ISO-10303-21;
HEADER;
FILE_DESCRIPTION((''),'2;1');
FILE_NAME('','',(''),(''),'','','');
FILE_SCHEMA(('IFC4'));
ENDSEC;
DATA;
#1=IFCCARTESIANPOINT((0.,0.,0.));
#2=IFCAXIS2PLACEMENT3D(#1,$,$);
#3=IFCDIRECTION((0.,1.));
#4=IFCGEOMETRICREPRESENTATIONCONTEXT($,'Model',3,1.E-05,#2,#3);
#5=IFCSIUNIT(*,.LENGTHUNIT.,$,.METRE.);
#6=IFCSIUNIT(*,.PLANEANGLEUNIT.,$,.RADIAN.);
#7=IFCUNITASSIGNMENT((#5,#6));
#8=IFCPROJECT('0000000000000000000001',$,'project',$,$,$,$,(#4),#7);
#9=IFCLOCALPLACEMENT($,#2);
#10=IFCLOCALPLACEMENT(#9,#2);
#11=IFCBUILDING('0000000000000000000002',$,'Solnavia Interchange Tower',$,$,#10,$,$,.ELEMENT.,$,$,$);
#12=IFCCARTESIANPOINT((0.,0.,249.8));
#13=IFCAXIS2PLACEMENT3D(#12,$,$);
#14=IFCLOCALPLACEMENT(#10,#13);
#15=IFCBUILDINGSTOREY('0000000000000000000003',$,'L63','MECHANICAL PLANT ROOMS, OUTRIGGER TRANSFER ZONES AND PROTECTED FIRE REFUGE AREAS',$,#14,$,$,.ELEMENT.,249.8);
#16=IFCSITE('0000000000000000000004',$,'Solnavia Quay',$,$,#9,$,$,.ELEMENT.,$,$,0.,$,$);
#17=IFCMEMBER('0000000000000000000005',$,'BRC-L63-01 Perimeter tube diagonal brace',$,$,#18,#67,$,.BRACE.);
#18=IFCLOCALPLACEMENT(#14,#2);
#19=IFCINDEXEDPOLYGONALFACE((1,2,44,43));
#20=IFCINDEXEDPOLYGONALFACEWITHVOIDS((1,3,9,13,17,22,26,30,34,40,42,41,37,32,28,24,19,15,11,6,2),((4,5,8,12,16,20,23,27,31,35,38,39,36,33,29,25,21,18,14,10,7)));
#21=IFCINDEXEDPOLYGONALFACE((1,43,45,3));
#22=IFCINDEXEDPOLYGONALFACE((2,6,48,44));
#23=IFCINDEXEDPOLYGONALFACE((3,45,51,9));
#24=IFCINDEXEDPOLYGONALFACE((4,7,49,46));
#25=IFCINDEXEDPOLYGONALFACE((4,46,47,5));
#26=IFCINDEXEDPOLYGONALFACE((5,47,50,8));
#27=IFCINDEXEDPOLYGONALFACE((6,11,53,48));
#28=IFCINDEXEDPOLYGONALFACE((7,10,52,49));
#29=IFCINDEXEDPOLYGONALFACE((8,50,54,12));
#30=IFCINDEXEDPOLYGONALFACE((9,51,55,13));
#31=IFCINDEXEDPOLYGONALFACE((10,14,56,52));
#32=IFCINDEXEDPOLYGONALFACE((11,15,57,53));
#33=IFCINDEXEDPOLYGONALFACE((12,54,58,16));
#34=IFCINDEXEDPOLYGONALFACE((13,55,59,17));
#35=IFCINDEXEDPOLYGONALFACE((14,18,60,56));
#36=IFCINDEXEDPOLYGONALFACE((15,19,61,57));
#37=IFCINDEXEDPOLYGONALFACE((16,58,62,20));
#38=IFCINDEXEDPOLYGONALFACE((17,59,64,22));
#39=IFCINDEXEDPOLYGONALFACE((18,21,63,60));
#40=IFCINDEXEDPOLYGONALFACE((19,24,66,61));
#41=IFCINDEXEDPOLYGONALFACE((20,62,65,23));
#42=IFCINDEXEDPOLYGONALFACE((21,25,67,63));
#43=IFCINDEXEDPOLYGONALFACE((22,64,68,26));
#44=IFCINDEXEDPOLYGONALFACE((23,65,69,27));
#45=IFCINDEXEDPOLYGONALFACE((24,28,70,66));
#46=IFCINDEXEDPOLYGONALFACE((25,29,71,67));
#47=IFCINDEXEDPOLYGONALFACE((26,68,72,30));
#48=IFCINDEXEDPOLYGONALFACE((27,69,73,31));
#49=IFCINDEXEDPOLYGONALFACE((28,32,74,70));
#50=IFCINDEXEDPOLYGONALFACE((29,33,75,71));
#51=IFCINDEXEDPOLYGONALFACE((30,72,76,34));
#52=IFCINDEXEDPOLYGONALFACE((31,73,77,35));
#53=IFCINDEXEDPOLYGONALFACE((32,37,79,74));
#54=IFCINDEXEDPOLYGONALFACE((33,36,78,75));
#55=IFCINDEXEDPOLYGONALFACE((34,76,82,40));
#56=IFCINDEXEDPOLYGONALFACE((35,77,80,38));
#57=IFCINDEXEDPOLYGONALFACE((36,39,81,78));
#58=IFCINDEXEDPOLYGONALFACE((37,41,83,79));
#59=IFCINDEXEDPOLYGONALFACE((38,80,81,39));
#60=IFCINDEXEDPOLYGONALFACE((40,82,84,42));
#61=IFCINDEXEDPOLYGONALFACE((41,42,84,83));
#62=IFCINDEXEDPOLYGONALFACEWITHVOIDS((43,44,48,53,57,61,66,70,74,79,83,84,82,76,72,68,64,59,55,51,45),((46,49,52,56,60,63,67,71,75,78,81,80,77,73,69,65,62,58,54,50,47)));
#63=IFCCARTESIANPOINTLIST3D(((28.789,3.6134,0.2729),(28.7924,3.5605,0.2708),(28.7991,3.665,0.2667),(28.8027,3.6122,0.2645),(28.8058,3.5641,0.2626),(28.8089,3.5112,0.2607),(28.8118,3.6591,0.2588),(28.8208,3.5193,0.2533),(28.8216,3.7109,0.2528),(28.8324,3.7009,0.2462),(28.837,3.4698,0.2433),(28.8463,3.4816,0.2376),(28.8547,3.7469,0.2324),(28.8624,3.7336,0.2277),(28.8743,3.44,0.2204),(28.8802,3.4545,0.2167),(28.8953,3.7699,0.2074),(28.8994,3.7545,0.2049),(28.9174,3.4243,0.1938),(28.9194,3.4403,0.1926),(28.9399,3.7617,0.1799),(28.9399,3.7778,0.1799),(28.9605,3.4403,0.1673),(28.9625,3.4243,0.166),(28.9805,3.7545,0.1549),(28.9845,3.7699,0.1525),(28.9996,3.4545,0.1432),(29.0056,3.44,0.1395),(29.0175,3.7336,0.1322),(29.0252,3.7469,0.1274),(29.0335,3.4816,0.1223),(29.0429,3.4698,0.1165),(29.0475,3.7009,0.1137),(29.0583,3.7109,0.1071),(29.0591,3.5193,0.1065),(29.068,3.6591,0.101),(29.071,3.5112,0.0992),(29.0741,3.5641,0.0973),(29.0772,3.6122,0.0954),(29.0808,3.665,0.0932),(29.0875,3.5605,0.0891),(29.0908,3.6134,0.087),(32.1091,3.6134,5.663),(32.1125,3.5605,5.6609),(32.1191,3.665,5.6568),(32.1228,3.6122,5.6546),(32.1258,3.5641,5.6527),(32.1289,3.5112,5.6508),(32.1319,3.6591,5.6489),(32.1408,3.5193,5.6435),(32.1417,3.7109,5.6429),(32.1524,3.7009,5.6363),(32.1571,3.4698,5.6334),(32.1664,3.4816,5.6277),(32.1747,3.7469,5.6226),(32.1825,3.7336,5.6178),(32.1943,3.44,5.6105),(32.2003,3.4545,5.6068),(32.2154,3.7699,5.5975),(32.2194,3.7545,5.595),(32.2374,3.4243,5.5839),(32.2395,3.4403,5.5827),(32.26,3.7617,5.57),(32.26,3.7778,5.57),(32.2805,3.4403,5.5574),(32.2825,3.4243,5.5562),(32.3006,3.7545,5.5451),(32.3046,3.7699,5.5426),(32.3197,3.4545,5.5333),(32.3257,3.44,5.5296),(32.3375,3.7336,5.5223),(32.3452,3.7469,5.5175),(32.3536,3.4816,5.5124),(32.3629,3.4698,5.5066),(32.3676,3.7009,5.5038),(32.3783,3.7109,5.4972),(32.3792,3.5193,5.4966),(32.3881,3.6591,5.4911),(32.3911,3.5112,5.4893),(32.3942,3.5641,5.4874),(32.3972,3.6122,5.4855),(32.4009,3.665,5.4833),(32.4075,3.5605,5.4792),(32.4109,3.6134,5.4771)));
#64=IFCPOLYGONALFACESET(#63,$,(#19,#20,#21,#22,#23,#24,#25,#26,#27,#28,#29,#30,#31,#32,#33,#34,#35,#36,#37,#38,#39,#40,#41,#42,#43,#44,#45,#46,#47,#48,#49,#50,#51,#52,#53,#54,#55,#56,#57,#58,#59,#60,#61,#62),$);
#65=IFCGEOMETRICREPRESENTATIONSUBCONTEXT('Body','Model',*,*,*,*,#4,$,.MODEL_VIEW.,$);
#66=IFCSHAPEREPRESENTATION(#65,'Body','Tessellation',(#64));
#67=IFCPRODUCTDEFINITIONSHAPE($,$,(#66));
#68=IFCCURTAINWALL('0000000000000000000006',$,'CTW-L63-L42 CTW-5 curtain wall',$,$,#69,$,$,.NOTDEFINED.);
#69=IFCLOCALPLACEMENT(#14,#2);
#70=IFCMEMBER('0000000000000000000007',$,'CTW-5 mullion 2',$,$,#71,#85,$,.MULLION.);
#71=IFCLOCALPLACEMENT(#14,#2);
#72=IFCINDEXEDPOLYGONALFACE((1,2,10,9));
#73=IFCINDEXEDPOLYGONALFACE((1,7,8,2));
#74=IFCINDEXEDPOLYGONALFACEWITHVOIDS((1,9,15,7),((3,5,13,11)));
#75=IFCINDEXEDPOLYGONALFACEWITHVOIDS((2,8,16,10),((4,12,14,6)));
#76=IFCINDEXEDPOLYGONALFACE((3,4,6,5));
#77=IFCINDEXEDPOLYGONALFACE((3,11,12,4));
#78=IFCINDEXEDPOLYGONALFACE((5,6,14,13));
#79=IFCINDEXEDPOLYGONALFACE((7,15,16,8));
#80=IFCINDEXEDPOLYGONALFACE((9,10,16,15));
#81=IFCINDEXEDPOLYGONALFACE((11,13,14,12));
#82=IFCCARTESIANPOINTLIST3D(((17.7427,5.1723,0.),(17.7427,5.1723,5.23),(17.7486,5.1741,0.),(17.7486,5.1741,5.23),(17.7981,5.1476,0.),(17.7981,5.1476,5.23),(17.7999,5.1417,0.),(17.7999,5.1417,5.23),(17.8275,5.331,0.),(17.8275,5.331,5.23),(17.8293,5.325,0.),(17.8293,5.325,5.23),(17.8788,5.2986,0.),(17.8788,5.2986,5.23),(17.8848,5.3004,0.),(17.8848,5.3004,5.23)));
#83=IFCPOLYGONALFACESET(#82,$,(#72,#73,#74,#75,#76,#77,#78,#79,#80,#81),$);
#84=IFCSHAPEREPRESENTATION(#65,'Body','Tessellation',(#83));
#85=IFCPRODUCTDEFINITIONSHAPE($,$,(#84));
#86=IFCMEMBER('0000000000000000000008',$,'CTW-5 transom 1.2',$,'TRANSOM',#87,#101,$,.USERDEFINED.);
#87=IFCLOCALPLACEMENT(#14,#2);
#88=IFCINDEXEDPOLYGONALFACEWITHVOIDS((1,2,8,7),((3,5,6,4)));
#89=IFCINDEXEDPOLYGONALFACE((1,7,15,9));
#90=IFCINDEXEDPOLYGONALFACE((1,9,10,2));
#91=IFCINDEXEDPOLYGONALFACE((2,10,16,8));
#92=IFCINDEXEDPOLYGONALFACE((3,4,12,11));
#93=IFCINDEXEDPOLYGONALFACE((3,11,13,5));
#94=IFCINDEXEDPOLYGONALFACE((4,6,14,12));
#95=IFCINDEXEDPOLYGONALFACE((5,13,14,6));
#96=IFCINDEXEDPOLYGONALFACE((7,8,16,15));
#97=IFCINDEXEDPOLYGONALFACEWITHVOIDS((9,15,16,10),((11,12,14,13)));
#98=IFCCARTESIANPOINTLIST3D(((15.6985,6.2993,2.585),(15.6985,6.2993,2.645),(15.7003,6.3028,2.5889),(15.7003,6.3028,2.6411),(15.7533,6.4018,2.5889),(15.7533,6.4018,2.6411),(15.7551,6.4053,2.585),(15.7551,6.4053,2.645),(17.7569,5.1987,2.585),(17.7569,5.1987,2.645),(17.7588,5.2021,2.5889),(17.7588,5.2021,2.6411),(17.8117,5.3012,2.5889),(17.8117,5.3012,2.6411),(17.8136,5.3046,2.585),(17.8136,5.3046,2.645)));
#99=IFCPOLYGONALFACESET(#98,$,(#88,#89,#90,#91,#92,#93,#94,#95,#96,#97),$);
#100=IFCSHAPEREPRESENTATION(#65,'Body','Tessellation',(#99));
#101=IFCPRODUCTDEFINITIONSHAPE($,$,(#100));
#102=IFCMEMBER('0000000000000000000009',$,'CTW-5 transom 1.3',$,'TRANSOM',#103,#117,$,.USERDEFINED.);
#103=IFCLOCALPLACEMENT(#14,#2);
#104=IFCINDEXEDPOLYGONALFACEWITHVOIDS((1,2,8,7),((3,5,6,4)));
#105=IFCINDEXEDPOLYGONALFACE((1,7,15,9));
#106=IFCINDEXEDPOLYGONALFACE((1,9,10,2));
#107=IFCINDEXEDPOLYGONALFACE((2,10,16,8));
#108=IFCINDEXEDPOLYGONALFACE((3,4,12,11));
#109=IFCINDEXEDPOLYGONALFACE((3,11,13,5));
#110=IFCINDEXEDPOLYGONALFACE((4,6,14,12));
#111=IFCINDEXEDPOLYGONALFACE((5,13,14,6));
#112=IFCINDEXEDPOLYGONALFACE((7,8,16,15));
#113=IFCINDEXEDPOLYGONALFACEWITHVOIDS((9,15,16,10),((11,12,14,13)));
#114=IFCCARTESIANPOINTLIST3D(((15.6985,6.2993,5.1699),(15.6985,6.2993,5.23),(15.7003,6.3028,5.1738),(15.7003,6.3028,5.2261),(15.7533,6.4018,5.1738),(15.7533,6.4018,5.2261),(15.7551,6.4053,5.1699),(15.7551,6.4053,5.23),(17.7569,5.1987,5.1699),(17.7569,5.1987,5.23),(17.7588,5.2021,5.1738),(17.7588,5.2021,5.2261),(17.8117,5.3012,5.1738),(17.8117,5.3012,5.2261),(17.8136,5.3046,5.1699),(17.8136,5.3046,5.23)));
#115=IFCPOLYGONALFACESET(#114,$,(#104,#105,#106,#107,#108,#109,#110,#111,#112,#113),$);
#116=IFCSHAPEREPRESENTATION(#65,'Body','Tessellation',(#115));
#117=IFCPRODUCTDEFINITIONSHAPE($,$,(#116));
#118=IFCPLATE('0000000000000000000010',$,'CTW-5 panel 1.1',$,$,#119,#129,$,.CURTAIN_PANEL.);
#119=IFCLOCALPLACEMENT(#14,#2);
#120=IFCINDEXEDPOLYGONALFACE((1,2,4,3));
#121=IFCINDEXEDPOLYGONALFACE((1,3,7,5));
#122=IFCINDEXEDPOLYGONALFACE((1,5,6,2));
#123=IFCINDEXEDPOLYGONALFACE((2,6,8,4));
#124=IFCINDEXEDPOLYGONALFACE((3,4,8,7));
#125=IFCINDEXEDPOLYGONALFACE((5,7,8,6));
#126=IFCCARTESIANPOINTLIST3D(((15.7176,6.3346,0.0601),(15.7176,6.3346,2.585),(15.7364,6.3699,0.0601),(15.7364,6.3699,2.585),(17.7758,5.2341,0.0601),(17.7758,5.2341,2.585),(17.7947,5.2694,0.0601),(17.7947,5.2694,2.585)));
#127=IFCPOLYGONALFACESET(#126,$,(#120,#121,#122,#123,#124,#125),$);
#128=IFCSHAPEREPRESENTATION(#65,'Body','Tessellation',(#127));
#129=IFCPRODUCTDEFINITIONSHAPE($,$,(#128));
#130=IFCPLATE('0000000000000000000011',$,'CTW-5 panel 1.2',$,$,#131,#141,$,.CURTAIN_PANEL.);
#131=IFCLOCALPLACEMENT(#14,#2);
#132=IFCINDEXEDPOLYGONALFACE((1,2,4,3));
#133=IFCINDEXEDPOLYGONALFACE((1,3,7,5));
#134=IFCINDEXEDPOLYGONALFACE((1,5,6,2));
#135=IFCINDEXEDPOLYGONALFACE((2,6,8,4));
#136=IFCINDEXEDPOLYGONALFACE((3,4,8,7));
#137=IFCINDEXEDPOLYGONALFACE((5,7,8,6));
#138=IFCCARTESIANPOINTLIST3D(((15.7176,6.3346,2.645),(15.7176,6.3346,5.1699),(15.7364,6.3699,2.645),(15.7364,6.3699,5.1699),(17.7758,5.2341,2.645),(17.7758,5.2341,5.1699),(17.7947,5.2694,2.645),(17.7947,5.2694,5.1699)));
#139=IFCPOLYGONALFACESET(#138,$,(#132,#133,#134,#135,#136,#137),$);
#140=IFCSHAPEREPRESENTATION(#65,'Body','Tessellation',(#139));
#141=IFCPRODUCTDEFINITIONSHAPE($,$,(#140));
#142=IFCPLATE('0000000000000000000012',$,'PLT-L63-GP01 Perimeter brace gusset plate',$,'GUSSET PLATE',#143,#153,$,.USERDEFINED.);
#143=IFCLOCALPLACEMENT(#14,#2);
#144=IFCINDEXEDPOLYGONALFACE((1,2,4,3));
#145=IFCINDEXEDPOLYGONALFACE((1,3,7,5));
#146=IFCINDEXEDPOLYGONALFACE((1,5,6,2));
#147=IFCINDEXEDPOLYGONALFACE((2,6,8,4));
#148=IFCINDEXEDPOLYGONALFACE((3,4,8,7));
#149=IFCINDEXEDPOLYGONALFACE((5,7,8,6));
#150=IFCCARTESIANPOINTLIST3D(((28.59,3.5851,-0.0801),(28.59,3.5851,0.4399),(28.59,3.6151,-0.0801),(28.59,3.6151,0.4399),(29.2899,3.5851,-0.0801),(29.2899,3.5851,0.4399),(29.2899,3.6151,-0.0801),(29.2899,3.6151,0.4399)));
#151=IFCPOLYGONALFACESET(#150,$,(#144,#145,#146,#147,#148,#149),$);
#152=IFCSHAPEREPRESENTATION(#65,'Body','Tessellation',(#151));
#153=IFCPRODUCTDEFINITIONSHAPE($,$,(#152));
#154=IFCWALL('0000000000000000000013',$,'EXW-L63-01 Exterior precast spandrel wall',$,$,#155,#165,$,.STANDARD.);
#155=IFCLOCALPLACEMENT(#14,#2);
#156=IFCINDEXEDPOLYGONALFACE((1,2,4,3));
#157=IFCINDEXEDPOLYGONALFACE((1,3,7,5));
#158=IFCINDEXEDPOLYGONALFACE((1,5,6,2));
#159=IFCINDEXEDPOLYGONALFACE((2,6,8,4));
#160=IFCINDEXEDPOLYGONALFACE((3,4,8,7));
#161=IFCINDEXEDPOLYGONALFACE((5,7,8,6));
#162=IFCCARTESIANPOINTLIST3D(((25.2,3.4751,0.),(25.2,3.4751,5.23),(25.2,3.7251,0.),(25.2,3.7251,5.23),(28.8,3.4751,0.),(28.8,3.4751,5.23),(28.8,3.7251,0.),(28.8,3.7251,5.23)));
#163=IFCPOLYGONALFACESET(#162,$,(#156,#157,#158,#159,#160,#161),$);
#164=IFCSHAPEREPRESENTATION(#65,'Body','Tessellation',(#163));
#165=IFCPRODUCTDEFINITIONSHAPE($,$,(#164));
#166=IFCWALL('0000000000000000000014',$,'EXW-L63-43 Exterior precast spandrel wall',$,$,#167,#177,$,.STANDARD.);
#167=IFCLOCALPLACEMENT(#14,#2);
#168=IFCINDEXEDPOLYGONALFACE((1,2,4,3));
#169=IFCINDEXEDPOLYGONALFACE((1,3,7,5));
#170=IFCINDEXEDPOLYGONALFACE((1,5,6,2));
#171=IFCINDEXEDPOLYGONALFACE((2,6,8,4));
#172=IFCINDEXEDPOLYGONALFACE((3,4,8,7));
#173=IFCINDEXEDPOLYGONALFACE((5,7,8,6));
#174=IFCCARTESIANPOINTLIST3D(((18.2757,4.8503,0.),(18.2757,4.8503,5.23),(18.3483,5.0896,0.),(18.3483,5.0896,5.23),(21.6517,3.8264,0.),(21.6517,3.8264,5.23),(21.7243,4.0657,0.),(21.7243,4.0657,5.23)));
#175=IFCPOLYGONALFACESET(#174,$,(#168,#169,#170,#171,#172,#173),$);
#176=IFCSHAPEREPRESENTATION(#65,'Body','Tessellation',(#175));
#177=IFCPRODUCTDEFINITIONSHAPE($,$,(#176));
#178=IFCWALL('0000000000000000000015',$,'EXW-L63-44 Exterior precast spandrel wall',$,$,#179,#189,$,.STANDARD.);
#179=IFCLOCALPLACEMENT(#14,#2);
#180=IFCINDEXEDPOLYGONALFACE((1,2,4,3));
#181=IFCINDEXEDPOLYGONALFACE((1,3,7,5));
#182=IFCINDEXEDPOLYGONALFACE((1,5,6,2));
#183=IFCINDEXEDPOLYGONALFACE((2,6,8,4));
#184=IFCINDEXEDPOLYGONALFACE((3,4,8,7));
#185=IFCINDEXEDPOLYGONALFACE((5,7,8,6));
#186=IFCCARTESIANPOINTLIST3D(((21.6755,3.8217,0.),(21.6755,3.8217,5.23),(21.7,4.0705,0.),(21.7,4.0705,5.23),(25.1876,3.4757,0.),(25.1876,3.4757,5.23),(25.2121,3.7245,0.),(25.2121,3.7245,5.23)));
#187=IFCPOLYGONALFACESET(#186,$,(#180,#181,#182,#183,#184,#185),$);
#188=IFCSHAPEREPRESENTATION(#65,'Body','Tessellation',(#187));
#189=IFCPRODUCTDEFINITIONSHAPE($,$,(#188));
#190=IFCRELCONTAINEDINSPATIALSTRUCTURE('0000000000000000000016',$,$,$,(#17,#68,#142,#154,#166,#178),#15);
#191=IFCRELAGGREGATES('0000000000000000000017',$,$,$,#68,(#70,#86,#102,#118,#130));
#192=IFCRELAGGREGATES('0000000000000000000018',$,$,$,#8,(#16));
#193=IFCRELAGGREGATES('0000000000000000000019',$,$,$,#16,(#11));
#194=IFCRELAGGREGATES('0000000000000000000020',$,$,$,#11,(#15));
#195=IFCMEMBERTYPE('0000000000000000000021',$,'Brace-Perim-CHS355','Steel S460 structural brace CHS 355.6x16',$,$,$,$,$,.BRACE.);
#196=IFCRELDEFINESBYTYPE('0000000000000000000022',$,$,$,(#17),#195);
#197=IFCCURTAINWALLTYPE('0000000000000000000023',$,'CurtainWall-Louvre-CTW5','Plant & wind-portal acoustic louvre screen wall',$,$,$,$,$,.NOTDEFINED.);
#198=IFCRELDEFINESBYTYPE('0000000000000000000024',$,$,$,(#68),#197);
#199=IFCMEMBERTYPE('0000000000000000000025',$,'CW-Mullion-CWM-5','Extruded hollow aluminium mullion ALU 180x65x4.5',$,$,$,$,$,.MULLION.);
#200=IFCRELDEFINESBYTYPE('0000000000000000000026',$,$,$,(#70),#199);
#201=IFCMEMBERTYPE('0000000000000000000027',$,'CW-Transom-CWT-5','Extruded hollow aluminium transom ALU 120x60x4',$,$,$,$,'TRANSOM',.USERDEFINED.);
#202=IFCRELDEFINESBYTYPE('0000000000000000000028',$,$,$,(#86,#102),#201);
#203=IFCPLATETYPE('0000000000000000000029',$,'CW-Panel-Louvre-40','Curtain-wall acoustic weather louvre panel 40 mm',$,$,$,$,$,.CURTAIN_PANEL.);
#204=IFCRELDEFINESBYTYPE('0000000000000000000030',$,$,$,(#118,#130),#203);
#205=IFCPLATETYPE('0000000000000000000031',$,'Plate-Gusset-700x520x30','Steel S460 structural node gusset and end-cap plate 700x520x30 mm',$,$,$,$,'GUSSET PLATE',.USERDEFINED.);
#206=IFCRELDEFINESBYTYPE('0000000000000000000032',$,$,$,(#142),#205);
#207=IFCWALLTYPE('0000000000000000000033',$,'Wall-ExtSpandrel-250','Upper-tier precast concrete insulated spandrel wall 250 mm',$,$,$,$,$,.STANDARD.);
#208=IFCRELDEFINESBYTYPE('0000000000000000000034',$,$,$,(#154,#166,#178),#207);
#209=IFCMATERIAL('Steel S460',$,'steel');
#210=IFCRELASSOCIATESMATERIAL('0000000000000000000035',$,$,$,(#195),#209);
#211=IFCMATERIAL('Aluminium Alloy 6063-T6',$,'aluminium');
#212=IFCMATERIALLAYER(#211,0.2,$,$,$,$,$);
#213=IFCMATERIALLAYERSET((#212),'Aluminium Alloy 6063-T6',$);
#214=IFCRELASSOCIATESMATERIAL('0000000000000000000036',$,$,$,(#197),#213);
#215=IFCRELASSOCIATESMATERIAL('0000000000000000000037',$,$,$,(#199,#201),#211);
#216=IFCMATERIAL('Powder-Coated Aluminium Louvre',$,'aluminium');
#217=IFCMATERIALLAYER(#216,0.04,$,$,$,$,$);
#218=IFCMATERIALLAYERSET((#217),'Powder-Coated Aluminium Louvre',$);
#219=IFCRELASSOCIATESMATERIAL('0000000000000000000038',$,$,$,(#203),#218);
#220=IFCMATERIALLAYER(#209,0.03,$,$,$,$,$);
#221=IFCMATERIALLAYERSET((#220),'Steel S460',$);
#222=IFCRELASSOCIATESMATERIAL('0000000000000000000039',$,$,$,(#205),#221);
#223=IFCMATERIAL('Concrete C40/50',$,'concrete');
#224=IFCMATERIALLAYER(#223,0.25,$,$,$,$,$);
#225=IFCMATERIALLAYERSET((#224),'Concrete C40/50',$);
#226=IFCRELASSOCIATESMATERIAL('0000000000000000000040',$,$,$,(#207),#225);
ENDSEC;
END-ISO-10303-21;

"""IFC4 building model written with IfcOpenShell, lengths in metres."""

from ifc_helpers import new_model, si_unit, direction, frame, frame_2d, origin, origin_2d, place, context, subcontext, project, spatial, rectangle, hollow_rectangle, hollow_circle, extrude, material, layer, layer_set, material_profile, profile_set, type_object, element, aggregate, save


model = new_model("IFC4")

# Units and contexts
model_context = context("Model", 3, precision=1e-05, world=origin(), true_north=direction((0.0, 1.0)))
body_context = subcontext(model_context, "Body", "Model", "MODEL_VIEW")
ifc_project = project(units=[si_unit("LENGTHUNIT", "METRE"), si_unit("PLANEANGLEUNIT", "RADIAN")], contexts=[model_context])

# Site, building, storey
site_placement = place(None, origin())
site = spatial("IfcSite", under=ifc_project, at=site_placement, Name="Solnavia Quay", CompositionType="ELEMENT", RefElevation=0.0)
building_placement = place(site_placement, origin())
building = spatial("IfcBuilding", under=site, at=building_placement, Name="Solnavia Interchange Tower", CompositionType="ELEMENT")
storey_placement = place(building_placement, frame((0.0, 0.0, 249.8)))
storey = spatial("IfcBuildingStorey", under=building, at=storey_placement, Name="L63", Description="MECHANICAL PLANT ROOMS, OUTRIGGER TRANSFER ZONES AND PROTECTED FIRE REFUGE AREAS", CompositionType="ELEMENT", Elevation=249.8)

# Member
ifc_material_1 = material(Name="Steel S460", Category="steel")
ifc_material_profile_1 = material_profile(ifc_material_1, hollow_circle(Radius=0.1777, WallThickness=0.0161, at=origin_2d()), Name="CHS 355.6x16")
ifc_profile_set_1 = profile_set([ifc_material_profile_1], Name="Steel S460")
member_type_1 = type_object("IfcMemberType", Name="Brace-Perim-CHS355", Description="Steel S460 structural brace CHS 355.6x16", PredefinedType="BRACE", material=ifc_profile_set_1)
member_1_placement = place(storey_placement, frame((28.9399, 3.6001, 0.1799), z_axis=(0.524448, 0.0, 0.851442), x_axis=(0.0, 1.0, 0.0)))
element("IfcMember", 1, at=member_1_placement, inside=storey, type_object=member_type_1, Name="BRC-L63-01 Perimeter tube diagonal brace", PredefinedType="BRACE", context=body_context, shape_type="SweptSolid", body=[
    extrude(hollow_circle(Radius=0.1777, WallThickness=0.0161, at=origin_2d()), origin(), (0.0, 0.0, 1.0), 6.3306),
])

# Curtain wall, members, plates
ifc_material_2 = material(Name="Aluminium Alloy 6063-T6", Category="aluminium")
ifc_layer_1 = layer(ifc_material_2, 0.2)
ifc_layer_set_1 = layer_set([ifc_layer_1], Name="Aluminium Alloy 6063-T6")
curtain_wall_type = type_object("IfcCurtainWallType", Name="CurtainWall-Louvre-CTW5", Description="Plant & wind-portal acoustic louvre screen wall", PredefinedType="NOTDEFINED", material=ifc_layer_set_1)
curtain_wall_placement = place(storey_placement, origin())
curtain_wall = element("IfcCurtainWall", 2, at=curtain_wall_placement, inside=storey, type_object=curtain_wall_type, Name="CTW-L63-L42 CTW-5 curtain wall", PredefinedType="NOTDEFINED")
ifc_material_profile_2 = material_profile(ifc_material_2, hollow_rectangle(XDim=0.0649, YDim=0.1799, WallThickness=0.0044, at=origin_2d()), Name="ALU 180x65x4.5")
ifc_profile_set_2 = profile_set([ifc_material_profile_2], Name="Aluminium Alloy 6063-T6")
member_type_2 = type_object("IfcMemberType", Name="CW-Mullion-CWM-5", Description="Extruded hollow aluminium mullion ALU 180x65x4.5", PredefinedType="MULLION", material=ifc_profile_set_2)
member_2_placement = place(storey_placement, frame((17.8137, 5.2363, 0.0), z_axis=(0.0, 0.0, 1.0), x_axis=(0.881851, -0.471527, 0.0)))
member_2 = element("IfcMember", 3, at=member_2_placement, type_object=member_type_2, Name="CTW-5 mullion 2", PredefinedType="MULLION", context=body_context, shape_type="SweptSolid", body=[
    extrude(hollow_rectangle(XDim=0.0649, YDim=0.1799, WallThickness=0.0044, at=origin_2d()), origin(), (0.0, 0.0, 1.0), 5.23),
])
ifc_material_profile_3 = material_profile(ifc_material_2, hollow_rectangle(XDim=0.0601, YDim=0.1201, WallThickness=0.0039, at=origin_2d()), Name="ALU 120x60x4")
ifc_profile_set_3 = profile_set([ifc_material_profile_3], Name="Aluminium Alloy 6063-T6")
member_type_3 = type_object("IfcMemberType", Name="CW-Transom-CWT-5", Description="Extruded hollow aluminium transom ALU 120x60x4", ElementType="TRANSOM", PredefinedType="USERDEFINED", material=ifc_profile_set_3)
member_3_placement = place(storey_placement, frame((15.7268, 6.3523, 2.615), z_axis=(0.881854, -0.471522, 0.0), x_axis=(0.0, 0.0, 1.0)))
member_3 = element("IfcMember", 4, at=member_3_placement, type_object=member_type_3, Name="CTW-5 transom 1.2", ObjectType="TRANSOM", PredefinedType="USERDEFINED", context=body_context, shape_type="SweptSolid", body=[
    extrude(hollow_rectangle(XDim=0.0601, YDim=0.1201, WallThickness=0.0039, at=origin_2d()), origin(), (0.0, 0.0, 1.0), 2.3342),
])
member_4_placement = place(storey_placement, frame((15.7268, 6.3523, 5.2), z_axis=(0.881854, -0.471522, 0.0), x_axis=(0.0, 0.0, 1.0)))
member_4 = element("IfcMember", 5, at=member_4_placement, type_object=member_type_3, Name="CTW-5 transom 1.3", ObjectType="TRANSOM", PredefinedType="USERDEFINED", context=body_context, shape_type="SweptSolid", body=[
    extrude(hollow_rectangle(XDim=0.0601, YDim=0.1201, WallThickness=0.0039, at=origin_2d()), origin(), (0.0, 0.0, 1.0), 2.3342),
])
ifc_material_3 = material(Name="Powder-Coated Aluminium Louvre", Category="aluminium")
ifc_layer_2 = layer(ifc_material_3, 0.04)
ifc_layer_set_2 = layer_set([ifc_layer_2], Name="Powder-Coated Aluminium Louvre")
plate_type_1 = type_object("IfcPlateType", Name="CW-Panel-Louvre-40", Description="Curtain-wall acoustic weather louvre panel 40 mm", PredefinedType="CURTAIN_PANEL", material=ifc_layer_set_2)
plate_1_placement = place(storey_placement, frame((16.7561, 5.802, 0.0601), z_axis=(0.0, 0.0, 1.0), x_axis=(0.881851, -0.471527, 0.0)))
plate_1 = element("IfcPlate", 6, at=plate_1_placement, type_object=plate_type_1, Name="CTW-5 panel 1.1", PredefinedType="CURTAIN_PANEL", context=body_context, shape_type="SweptSolid", body=[
    extrude(rectangle(XDim=2.334, YDim=0.04, at=origin_2d()), origin(), (0.0, 0.0, 1.0), 2.5249),
])
plate_2_placement = place(storey_placement, frame((16.7561, 5.802, 2.645), z_axis=(0.0, 0.0, 1.0), x_axis=(0.881851, -0.471527, 0.0)))
plate_2 = element("IfcPlate", 7, at=plate_2_placement, type_object=plate_type_1, Name="CTW-5 panel 1.2", PredefinedType="CURTAIN_PANEL", context=body_context, shape_type="SweptSolid", body=[
    extrude(rectangle(XDim=2.334, YDim=0.04, at=origin_2d()), origin(), (0.0, 0.0, 1.0), 2.5249),
])
aggregate(curtain_wall, [member_2, member_3, member_4, plate_1, plate_2])

# Plate
ifc_layer_3 = layer(ifc_material_1, 0.03)
ifc_layer_set_3 = layer_set([ifc_layer_3], Name="Steel S460")
plate_type_2 = type_object("IfcPlateType", Name="Plate-Gusset-700x520x30", Description="Steel S460 structural node gusset and end-cap plate 700x520x30 mm", ElementType="GUSSET PLATE", PredefinedType="USERDEFINED", material=ifc_layer_set_3)
plate_3_placement = place(storey_placement, frame((28.9399, 3.6001, -0.0801), z_axis=(0.0, 0.0, 1.0), x_axis=(1.0, 0.0, 0.0)))
element("IfcPlate", 8, at=plate_3_placement, inside=storey, type_object=plate_type_2, Name="PLT-L63-GP01 Perimeter brace gusset plate", ObjectType="GUSSET PLATE", PredefinedType="USERDEFINED", context=body_context, shape_type="SweptSolid", body=[
    extrude(rectangle(XDim=0.7, YDim=0.03, at=origin_2d()), origin(), (0.0, 0.0, 1.0), 0.52),
])

# Walls
ifc_material_4 = material(Name="Concrete C40/50", Category="concrete")
ifc_layer_4 = layer(ifc_material_4, 0.25)
ifc_layer_set_4 = layer_set([ifc_layer_4], Name="Concrete C40/50")
wall_type_1 = type_object("IfcWallType", Name="Wall-ExtSpandrel-250", Description="Upper-tier precast concrete insulated spandrel wall 250 mm", PredefinedType="STANDARD", material=ifc_layer_set_4)
wall_1_placement = place(storey_placement, frame((28.8, 3.6001, 0.0), z_axis=(0.0, 0.0, 1.0), x_axis=(-1.0, 0.0, 0.0)))
element("IfcWall", 9, at=wall_1_placement, inside=storey, type_object=wall_type_1, Name="EXW-L63-01 Exterior precast spandrel wall", PredefinedType="STANDARD", context=body_context, shape_type="SweptSolid", body=[
    extrude(rectangle(XDim=3.6001, YDim=0.25, at=frame_2d((1.8, 0.0))), origin(), (0.0, 0.0, 1.0), 5.23),
])
wall_2_placement = place(storey_placement, frame((21.688, 3.946, 0.0), z_axis=(0.0, 0.0, 1.0), x_axis=(-0.956953, 0.290242, 0.0)))
element("IfcWall", 10, at=wall_2_placement, inside=storey, type_object=wall_type_1, Name="EXW-L63-43 Exterior precast spandrel wall", PredefinedType="STANDARD", context=body_context, shape_type="SweptSolid", body=[
    extrude(rectangle(XDim=3.5278, YDim=0.25, at=frame_2d((1.7639, 0.0))), origin(), (0.0, 0.0, 1.0), 5.23),
])
wall_3_placement = place(storey_placement, frame((25.2, 3.6001, 0.0), z_axis=(0.0, 0.0, 1.0), x_axis=(-0.995183, 0.098031, 0.0)))
element("IfcWall", 11, at=wall_3_placement, inside=storey, type_object=wall_type_1, Name="EXW-L63-44 Exterior precast spandrel wall", PredefinedType="STANDARD", context=body_context, shape_type="SweptSolid", body=[
    extrude(rectangle(XDim=3.5291, YDim=0.25, at=frame_2d((1.7646, 0.0))), origin(), (0.0, 0.0, 1.0), 5.23),
])

save(model, "model.ifc")
